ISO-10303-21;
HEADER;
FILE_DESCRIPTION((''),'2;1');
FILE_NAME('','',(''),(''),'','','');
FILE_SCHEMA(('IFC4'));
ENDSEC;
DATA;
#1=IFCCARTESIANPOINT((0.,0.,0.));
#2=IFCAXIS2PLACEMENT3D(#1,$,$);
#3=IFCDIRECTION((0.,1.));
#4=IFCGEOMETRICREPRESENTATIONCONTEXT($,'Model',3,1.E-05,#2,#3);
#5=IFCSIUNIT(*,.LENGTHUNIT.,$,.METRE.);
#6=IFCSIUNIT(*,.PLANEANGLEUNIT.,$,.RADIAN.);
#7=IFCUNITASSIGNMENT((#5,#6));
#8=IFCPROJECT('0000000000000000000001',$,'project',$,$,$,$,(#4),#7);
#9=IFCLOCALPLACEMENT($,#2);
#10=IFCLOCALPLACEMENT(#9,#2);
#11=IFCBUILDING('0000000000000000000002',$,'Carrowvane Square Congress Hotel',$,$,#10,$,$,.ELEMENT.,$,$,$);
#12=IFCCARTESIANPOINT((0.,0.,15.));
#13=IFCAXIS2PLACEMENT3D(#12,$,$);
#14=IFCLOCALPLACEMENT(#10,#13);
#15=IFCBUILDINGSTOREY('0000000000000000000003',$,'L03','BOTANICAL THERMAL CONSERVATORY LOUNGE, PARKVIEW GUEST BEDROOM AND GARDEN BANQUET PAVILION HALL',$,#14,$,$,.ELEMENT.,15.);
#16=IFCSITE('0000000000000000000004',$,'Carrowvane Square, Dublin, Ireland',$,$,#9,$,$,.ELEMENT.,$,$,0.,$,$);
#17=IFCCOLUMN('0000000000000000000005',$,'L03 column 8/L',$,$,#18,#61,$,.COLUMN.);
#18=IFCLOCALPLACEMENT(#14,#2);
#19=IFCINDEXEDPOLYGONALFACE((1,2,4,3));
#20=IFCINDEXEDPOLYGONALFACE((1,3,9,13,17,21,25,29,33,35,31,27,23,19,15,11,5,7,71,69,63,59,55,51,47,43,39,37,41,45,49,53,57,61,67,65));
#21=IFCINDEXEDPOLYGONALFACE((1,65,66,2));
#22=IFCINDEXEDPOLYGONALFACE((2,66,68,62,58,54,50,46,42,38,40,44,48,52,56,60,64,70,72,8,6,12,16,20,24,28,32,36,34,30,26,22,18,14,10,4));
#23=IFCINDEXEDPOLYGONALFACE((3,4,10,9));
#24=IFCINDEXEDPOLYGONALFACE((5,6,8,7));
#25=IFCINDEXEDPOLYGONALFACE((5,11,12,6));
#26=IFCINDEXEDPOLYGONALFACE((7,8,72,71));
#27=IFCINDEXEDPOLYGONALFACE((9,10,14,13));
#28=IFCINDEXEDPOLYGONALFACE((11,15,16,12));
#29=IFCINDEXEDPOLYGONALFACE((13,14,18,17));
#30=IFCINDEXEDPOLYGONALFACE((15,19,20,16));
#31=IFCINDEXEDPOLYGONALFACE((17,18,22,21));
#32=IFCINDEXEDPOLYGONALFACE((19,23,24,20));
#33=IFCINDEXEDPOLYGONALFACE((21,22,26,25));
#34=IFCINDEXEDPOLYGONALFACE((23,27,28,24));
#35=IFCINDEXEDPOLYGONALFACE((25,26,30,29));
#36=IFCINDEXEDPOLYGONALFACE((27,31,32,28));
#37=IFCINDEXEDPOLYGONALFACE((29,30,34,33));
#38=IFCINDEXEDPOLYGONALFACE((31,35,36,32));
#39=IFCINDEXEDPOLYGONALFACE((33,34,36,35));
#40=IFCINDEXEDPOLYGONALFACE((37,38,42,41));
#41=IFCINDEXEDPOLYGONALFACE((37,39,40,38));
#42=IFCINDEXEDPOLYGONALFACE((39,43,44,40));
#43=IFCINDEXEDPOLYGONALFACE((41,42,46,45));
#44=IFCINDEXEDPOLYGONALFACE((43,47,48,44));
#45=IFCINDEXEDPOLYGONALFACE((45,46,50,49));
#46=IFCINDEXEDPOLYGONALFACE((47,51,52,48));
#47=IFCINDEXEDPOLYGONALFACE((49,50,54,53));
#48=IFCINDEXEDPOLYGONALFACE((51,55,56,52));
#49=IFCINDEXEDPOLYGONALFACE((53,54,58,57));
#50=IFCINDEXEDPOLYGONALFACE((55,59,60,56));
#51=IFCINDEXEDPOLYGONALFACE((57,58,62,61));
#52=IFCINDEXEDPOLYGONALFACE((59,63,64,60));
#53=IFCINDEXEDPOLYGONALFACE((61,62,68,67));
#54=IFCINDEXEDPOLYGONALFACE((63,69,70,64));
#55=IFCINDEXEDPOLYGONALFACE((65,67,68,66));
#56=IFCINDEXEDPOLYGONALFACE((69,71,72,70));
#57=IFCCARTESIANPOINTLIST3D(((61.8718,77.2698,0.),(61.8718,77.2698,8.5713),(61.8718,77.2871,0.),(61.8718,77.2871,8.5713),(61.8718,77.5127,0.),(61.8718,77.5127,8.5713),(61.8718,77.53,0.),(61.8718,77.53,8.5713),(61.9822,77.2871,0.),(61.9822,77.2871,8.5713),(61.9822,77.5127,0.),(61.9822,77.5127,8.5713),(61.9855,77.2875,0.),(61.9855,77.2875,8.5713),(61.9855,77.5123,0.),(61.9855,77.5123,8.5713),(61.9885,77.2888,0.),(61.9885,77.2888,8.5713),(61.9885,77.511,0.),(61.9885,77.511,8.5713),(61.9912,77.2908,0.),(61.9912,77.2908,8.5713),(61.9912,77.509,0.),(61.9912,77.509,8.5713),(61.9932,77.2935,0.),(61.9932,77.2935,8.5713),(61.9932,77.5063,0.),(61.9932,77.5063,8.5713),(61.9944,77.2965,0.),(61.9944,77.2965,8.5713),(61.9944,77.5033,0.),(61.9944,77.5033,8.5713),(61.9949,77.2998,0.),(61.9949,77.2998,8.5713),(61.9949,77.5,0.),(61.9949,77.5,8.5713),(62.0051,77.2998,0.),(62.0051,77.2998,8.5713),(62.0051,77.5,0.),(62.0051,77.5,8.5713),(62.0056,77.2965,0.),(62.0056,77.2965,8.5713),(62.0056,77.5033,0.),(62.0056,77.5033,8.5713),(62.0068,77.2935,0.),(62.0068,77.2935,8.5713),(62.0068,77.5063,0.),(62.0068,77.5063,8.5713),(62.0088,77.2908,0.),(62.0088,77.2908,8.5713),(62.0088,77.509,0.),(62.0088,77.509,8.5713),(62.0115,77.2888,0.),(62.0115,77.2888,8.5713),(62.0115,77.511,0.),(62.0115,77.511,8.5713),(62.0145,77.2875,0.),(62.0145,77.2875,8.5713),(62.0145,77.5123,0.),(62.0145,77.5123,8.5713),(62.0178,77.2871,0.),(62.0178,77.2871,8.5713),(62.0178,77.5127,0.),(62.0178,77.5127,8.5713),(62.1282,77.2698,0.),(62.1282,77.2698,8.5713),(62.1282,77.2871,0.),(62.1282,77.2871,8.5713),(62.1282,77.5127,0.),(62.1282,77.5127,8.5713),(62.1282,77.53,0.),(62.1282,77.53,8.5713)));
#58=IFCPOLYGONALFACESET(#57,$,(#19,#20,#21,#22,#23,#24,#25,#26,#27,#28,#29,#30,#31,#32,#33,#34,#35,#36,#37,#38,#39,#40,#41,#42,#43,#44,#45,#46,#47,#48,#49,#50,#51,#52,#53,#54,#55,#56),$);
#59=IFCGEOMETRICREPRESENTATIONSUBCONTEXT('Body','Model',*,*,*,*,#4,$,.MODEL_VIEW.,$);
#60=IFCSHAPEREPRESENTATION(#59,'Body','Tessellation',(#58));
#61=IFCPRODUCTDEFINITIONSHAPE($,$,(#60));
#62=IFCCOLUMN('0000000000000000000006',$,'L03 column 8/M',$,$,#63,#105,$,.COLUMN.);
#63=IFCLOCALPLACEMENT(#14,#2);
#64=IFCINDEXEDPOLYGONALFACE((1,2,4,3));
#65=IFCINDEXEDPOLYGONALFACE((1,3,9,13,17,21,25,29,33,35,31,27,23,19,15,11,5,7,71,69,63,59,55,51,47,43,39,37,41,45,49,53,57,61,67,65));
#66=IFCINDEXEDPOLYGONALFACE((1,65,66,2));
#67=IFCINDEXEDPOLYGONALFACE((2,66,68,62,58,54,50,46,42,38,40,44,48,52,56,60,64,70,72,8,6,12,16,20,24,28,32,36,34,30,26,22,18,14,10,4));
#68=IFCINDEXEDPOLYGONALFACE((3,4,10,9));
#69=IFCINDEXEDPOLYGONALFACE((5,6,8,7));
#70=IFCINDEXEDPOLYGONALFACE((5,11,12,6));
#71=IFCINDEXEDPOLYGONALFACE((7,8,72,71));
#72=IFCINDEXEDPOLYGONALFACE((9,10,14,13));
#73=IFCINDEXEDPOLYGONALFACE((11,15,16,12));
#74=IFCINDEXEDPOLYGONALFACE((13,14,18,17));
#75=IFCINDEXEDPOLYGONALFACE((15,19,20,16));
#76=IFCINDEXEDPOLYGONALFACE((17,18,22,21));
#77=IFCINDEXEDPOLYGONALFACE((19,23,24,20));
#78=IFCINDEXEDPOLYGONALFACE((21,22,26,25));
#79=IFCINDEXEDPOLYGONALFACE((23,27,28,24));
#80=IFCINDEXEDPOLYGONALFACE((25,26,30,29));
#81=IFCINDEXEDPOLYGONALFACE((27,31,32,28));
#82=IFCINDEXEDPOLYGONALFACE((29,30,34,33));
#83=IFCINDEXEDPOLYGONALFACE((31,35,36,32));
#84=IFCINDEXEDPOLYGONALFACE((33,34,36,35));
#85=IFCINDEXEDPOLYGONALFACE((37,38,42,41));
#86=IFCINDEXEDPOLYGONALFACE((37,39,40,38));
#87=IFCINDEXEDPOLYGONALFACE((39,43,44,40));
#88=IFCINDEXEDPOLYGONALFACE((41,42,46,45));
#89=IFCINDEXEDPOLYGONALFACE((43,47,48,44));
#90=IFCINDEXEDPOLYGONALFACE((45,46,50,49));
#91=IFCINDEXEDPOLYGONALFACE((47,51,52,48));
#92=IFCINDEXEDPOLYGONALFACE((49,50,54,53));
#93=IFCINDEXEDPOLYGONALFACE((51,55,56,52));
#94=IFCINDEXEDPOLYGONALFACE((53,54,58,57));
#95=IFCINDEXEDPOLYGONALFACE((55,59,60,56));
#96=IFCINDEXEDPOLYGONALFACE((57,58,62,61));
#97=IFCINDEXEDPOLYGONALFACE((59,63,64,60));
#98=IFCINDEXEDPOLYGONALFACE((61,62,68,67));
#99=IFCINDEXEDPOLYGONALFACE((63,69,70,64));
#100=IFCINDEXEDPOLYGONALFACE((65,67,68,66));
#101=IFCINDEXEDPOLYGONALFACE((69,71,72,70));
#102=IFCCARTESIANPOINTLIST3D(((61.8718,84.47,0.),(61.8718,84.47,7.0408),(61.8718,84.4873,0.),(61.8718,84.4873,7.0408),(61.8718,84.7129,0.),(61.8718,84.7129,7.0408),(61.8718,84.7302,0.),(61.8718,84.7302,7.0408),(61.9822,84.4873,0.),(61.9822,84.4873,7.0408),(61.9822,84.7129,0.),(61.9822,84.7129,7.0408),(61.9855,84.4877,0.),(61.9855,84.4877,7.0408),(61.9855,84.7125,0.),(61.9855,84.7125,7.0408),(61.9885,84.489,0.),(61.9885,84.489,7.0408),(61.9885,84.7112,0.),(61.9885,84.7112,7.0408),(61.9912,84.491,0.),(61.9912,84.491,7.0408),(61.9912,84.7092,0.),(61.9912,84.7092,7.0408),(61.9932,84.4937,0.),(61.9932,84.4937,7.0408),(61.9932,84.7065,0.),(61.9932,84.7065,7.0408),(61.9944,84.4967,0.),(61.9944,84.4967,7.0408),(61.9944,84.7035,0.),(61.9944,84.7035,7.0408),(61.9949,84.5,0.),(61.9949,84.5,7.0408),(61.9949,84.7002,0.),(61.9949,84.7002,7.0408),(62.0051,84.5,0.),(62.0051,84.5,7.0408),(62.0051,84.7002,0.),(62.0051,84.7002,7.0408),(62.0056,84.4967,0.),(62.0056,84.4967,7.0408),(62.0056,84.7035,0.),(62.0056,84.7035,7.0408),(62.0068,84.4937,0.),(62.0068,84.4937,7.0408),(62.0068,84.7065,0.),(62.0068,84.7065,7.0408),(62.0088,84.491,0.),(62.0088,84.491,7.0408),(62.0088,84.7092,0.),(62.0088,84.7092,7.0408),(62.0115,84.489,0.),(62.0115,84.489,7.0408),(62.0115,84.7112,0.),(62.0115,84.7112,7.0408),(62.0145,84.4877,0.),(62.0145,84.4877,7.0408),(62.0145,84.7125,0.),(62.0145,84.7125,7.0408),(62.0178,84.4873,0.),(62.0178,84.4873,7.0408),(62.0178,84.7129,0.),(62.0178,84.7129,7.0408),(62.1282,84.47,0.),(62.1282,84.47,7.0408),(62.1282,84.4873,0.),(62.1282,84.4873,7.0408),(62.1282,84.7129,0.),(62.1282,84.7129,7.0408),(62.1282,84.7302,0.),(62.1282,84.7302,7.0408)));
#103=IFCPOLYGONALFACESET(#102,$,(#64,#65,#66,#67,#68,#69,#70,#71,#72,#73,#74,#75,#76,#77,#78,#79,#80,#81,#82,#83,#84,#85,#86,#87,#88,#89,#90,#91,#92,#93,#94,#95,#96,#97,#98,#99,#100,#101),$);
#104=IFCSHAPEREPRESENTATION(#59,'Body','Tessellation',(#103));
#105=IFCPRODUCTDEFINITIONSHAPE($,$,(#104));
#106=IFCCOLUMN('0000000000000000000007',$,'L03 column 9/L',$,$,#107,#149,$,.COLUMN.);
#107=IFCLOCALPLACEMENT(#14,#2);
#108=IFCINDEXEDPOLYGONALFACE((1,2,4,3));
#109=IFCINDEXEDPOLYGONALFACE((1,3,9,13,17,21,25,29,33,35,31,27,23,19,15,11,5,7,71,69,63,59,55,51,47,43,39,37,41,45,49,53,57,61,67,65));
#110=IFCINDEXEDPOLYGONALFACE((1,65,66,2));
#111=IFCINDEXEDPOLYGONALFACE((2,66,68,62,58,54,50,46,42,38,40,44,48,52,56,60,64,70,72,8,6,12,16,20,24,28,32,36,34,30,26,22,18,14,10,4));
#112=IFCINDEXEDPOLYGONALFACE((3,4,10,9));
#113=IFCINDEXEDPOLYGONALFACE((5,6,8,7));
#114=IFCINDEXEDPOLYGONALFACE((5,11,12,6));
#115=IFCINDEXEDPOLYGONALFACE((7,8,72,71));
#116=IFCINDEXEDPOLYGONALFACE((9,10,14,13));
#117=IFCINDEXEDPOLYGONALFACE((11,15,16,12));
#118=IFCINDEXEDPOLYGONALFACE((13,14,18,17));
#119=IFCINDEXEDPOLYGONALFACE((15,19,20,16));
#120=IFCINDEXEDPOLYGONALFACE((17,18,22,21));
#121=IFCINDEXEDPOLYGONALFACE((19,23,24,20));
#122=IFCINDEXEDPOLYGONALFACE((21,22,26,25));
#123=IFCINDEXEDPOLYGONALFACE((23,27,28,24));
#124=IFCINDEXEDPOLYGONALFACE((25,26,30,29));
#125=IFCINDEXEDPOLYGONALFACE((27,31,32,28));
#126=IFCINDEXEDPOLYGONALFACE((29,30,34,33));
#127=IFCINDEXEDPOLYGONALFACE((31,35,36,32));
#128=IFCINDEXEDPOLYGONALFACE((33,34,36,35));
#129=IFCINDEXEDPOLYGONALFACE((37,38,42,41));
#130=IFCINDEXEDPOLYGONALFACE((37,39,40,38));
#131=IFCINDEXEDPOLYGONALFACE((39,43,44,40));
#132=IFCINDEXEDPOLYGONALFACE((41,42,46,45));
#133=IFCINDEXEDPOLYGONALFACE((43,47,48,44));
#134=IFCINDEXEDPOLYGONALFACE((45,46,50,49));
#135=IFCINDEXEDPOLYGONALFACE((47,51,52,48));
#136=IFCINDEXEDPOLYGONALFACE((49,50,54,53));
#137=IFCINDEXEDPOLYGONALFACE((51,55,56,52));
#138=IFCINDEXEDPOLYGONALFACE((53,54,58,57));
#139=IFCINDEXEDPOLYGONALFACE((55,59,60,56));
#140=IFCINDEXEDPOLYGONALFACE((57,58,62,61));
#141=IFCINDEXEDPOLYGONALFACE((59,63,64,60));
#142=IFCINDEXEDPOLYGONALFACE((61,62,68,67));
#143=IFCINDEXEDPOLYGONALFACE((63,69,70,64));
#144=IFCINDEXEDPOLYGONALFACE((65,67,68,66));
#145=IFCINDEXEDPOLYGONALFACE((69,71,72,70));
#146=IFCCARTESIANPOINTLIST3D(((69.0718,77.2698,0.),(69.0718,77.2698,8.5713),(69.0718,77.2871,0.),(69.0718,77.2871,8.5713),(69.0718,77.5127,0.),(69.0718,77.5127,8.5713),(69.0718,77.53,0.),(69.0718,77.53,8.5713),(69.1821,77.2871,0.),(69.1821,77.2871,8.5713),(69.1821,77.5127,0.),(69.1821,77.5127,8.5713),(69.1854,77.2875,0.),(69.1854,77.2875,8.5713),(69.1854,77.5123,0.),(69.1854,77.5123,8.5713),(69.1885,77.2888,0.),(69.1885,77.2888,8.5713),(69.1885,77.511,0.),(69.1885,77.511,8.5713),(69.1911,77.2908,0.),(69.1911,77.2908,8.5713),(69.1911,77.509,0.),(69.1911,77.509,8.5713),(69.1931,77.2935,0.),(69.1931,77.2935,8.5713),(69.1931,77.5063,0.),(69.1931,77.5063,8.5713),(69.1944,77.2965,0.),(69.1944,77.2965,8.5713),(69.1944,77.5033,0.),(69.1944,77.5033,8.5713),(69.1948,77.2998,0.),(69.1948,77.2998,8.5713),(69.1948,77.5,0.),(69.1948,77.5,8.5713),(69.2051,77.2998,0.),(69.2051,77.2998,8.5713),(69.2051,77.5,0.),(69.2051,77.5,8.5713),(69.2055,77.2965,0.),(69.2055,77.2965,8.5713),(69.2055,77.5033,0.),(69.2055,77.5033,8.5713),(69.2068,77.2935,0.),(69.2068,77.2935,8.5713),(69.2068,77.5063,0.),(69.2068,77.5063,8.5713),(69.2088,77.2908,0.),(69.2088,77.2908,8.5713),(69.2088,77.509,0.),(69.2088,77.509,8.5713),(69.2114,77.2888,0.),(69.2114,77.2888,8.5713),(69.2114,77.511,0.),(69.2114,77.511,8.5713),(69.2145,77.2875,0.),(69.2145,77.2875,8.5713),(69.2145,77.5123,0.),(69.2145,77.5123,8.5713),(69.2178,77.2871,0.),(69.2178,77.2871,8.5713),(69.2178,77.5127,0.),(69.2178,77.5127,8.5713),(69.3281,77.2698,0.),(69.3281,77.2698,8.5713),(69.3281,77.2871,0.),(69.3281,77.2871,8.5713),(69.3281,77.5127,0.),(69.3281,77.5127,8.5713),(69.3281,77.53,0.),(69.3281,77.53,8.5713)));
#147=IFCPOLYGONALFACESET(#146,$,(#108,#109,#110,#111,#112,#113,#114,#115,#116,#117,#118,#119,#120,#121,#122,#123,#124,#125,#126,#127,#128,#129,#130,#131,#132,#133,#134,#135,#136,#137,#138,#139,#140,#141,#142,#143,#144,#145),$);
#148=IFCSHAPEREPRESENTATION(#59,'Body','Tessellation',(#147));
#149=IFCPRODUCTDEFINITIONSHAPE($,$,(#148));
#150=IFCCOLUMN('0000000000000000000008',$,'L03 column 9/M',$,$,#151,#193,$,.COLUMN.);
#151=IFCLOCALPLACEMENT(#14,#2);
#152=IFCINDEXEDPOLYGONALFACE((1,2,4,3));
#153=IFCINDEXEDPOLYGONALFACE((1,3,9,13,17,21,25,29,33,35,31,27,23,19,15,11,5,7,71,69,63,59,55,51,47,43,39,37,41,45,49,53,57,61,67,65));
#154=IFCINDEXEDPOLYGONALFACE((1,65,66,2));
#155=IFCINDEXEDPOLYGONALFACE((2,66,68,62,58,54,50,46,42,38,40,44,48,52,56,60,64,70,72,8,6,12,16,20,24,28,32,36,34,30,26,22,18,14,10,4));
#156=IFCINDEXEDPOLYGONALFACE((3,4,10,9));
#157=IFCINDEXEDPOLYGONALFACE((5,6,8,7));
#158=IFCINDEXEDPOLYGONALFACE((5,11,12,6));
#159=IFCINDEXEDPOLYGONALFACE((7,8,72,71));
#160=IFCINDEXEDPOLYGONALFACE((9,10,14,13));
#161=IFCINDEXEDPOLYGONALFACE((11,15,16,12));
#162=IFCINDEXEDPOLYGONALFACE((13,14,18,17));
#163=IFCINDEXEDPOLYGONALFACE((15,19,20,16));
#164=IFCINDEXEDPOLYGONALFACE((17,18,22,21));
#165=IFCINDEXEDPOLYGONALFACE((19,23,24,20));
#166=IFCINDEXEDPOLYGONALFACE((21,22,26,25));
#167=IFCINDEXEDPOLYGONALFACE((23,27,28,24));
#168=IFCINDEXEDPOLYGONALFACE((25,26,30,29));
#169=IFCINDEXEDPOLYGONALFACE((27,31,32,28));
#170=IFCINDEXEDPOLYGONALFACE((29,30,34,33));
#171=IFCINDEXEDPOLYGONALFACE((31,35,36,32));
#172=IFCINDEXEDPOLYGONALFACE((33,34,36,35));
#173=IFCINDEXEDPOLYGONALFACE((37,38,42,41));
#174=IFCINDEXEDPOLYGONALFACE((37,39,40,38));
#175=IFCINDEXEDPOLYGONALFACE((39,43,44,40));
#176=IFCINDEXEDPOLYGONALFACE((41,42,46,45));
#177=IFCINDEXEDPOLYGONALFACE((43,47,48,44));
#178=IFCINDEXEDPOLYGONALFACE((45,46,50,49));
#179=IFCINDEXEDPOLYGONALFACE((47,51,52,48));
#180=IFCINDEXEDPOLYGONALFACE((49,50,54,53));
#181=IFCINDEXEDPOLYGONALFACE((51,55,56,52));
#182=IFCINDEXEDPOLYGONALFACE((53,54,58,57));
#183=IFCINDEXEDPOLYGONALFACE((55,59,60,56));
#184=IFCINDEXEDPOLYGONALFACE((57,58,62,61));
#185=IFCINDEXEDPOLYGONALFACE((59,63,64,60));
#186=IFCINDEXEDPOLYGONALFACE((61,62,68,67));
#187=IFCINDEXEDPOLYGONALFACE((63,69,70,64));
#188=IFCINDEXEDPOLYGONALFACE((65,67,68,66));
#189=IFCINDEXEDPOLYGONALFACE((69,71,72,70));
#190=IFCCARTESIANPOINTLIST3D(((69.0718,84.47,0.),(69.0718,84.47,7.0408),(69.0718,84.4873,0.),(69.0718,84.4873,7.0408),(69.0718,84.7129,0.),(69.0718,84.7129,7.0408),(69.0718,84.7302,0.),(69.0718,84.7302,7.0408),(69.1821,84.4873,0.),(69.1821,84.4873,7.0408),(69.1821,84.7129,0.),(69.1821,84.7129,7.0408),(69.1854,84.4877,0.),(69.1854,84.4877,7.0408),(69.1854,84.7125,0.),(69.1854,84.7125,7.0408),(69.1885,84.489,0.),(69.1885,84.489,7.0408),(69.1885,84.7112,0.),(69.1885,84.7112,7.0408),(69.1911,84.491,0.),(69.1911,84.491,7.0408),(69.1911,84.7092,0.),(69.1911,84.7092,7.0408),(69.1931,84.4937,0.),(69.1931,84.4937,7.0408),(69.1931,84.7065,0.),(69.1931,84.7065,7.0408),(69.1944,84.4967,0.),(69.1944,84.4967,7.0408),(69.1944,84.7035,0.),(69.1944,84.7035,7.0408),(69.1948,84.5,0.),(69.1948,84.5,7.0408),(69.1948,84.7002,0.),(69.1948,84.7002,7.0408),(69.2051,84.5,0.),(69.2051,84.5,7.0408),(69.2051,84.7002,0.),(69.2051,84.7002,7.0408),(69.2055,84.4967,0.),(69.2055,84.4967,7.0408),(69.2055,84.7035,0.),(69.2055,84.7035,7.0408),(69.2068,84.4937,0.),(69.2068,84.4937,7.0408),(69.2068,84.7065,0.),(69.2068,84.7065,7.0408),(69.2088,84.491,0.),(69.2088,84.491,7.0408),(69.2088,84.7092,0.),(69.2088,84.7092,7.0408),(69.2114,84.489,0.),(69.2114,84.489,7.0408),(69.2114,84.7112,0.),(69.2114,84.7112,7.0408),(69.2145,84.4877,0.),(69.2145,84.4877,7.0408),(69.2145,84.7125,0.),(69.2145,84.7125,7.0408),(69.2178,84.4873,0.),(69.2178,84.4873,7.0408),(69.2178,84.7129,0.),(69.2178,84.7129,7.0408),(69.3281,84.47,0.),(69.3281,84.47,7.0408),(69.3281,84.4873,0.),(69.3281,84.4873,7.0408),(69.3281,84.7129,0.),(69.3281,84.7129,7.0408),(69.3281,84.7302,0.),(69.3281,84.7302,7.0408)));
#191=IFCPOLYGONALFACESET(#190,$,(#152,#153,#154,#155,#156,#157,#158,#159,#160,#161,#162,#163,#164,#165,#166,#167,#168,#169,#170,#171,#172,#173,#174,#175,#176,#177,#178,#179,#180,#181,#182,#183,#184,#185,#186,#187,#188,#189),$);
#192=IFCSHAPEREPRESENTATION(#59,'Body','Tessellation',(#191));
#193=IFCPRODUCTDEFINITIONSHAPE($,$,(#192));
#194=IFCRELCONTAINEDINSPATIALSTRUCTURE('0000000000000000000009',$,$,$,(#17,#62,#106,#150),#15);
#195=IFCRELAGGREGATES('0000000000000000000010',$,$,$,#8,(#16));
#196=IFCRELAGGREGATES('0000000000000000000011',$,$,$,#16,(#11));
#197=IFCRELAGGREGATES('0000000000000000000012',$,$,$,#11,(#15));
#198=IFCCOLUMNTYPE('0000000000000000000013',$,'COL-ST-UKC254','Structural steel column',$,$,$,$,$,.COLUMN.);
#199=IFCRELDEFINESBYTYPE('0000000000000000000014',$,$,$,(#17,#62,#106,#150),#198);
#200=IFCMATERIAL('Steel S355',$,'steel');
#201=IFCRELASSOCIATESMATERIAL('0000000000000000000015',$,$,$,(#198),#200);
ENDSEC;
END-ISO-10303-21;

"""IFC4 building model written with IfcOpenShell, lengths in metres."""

from ifc_helpers import new_model, si_unit, direction, frame, origin, origin_2d, place, context, subcontext, project, spatial, i_section, extrude, material, material_profile, profile_set, type_object, element, save


model = new_model("IFC4")

# Units and contexts
model_context = context("Model", 3, precision=1e-05, world=origin(), true_north=direction((0.0, 1.0)))
body_context = subcontext(model_context, "Body", "Model", "MODEL_VIEW")
ifc_project = project(units=[si_unit("LENGTHUNIT", "METRE"), si_unit("PLANEANGLEUNIT", "RADIAN")], contexts=[model_context])

# Site, building, storey
site_placement = place(None, origin())
site = spatial("IfcSite", under=ifc_project, at=site_placement, Name="Carrowvane Square, Dublin, Ireland", CompositionType="ELEMENT", RefElevation=0.0)
building_placement = place(site_placement, origin())
building = spatial("IfcBuilding", under=site, at=building_placement, Name="Carrowvane Square Congress Hotel", CompositionType="ELEMENT")
storey_placement = place(building_placement, frame((0.0, 0.0, 15.0)))
storey = spatial("IfcBuildingStorey", under=building, at=storey_placement, Name="L03", Description="BOTANICAL THERMAL CONSERVATORY LOUNGE, PARKVIEW GUEST BEDROOM AND GARDEN BANQUET PAVILION HALL", CompositionType="ELEMENT", Elevation=15.0)

# Columns
ifc_material_1 = material(Name="Steel S355", Category="steel")
ifc_material_profile_1 = material_profile(ifc_material_1, i_section(OverallWidth=0.2563, OverallDepth=0.2603, WebThickness=0.0103, FlangeThickness=0.0173, FilletRadius=0.0127, at=origin_2d()), Name="UKC 254x254x89")
ifc_profile_set_1 = profile_set([ifc_material_profile_1], Name="Steel S355")
column_type = type_object("IfcColumnType", Name="COL-ST-UKC254", Description="Structural steel column", PredefinedType="COLUMN", material=ifc_profile_set_1)
column_1_placement = place(storey_placement, frame((62.0, 77.3999, 0.0), z_axis=(0.0, 0.0, 1.0), x_axis=(1.0, 0.0, 0.0)))
element("IfcColumn", 1, at=column_1_placement, inside=storey, type_object=column_type, Name="L03 column 8/L", PredefinedType="COLUMN", context=body_context, shape_type="SweptSolid", body=[
    extrude(i_section(OverallWidth=0.2563, OverallDepth=0.2603, WebThickness=0.0103, FlangeThickness=0.0173, FilletRadius=0.0127, at=origin_2d()), origin(), (0.0, 0.0, 1.0), 8.5713),
])
column_2_placement = place(storey_placement, frame((62.0, 84.6001, 0.0), z_axis=(0.0, 0.0, 1.0), x_axis=(1.0, 0.0, 0.0)))
element("IfcColumn", 2, at=column_2_placement, inside=storey, type_object=column_type, Name="L03 column 8/M", PredefinedType="COLUMN", context=body_context, shape_type="SweptSolid", body=[
    extrude(i_section(OverallWidth=0.2563, OverallDepth=0.2603, WebThickness=0.0103, FlangeThickness=0.0173, FilletRadius=0.0127, at=origin_2d()), origin(), (0.0, 0.0, 1.0), 7.0408),
])
column_3_placement = place(storey_placement, frame((69.2, 77.3999, 0.0), z_axis=(0.0, 0.0, 1.0), x_axis=(1.0, 0.0, 0.0)))
element("IfcColumn", 3, at=column_3_placement, inside=storey, type_object=column_type, Name="L03 column 9/L", PredefinedType="COLUMN", context=body_context, shape_type="SweptSolid", body=[
    extrude(i_section(OverallWidth=0.2563, OverallDepth=0.2603, WebThickness=0.0103, FlangeThickness=0.0173, FilletRadius=0.0127, at=origin_2d()), origin(), (0.0, 0.0, 1.0), 8.5713),
])
column_4_placement = place(storey_placement, frame((69.2, 84.6001, 0.0), z_axis=(0.0, 0.0, 1.0), x_axis=(1.0, 0.0, 0.0)))
element("IfcColumn", 4, at=column_4_placement, inside=storey, type_object=column_type, Name="L03 column 9/M", PredefinedType="COLUMN", context=body_context, shape_type="SweptSolid", body=[
    extrude(i_section(OverallWidth=0.2563, OverallDepth=0.2603, WebThickness=0.0103, FlangeThickness=0.0173, FilletRadius=0.0127, at=origin_2d()), origin(), (0.0, 0.0, 1.0), 7.0408),
])

save(model, "model.ifc")
